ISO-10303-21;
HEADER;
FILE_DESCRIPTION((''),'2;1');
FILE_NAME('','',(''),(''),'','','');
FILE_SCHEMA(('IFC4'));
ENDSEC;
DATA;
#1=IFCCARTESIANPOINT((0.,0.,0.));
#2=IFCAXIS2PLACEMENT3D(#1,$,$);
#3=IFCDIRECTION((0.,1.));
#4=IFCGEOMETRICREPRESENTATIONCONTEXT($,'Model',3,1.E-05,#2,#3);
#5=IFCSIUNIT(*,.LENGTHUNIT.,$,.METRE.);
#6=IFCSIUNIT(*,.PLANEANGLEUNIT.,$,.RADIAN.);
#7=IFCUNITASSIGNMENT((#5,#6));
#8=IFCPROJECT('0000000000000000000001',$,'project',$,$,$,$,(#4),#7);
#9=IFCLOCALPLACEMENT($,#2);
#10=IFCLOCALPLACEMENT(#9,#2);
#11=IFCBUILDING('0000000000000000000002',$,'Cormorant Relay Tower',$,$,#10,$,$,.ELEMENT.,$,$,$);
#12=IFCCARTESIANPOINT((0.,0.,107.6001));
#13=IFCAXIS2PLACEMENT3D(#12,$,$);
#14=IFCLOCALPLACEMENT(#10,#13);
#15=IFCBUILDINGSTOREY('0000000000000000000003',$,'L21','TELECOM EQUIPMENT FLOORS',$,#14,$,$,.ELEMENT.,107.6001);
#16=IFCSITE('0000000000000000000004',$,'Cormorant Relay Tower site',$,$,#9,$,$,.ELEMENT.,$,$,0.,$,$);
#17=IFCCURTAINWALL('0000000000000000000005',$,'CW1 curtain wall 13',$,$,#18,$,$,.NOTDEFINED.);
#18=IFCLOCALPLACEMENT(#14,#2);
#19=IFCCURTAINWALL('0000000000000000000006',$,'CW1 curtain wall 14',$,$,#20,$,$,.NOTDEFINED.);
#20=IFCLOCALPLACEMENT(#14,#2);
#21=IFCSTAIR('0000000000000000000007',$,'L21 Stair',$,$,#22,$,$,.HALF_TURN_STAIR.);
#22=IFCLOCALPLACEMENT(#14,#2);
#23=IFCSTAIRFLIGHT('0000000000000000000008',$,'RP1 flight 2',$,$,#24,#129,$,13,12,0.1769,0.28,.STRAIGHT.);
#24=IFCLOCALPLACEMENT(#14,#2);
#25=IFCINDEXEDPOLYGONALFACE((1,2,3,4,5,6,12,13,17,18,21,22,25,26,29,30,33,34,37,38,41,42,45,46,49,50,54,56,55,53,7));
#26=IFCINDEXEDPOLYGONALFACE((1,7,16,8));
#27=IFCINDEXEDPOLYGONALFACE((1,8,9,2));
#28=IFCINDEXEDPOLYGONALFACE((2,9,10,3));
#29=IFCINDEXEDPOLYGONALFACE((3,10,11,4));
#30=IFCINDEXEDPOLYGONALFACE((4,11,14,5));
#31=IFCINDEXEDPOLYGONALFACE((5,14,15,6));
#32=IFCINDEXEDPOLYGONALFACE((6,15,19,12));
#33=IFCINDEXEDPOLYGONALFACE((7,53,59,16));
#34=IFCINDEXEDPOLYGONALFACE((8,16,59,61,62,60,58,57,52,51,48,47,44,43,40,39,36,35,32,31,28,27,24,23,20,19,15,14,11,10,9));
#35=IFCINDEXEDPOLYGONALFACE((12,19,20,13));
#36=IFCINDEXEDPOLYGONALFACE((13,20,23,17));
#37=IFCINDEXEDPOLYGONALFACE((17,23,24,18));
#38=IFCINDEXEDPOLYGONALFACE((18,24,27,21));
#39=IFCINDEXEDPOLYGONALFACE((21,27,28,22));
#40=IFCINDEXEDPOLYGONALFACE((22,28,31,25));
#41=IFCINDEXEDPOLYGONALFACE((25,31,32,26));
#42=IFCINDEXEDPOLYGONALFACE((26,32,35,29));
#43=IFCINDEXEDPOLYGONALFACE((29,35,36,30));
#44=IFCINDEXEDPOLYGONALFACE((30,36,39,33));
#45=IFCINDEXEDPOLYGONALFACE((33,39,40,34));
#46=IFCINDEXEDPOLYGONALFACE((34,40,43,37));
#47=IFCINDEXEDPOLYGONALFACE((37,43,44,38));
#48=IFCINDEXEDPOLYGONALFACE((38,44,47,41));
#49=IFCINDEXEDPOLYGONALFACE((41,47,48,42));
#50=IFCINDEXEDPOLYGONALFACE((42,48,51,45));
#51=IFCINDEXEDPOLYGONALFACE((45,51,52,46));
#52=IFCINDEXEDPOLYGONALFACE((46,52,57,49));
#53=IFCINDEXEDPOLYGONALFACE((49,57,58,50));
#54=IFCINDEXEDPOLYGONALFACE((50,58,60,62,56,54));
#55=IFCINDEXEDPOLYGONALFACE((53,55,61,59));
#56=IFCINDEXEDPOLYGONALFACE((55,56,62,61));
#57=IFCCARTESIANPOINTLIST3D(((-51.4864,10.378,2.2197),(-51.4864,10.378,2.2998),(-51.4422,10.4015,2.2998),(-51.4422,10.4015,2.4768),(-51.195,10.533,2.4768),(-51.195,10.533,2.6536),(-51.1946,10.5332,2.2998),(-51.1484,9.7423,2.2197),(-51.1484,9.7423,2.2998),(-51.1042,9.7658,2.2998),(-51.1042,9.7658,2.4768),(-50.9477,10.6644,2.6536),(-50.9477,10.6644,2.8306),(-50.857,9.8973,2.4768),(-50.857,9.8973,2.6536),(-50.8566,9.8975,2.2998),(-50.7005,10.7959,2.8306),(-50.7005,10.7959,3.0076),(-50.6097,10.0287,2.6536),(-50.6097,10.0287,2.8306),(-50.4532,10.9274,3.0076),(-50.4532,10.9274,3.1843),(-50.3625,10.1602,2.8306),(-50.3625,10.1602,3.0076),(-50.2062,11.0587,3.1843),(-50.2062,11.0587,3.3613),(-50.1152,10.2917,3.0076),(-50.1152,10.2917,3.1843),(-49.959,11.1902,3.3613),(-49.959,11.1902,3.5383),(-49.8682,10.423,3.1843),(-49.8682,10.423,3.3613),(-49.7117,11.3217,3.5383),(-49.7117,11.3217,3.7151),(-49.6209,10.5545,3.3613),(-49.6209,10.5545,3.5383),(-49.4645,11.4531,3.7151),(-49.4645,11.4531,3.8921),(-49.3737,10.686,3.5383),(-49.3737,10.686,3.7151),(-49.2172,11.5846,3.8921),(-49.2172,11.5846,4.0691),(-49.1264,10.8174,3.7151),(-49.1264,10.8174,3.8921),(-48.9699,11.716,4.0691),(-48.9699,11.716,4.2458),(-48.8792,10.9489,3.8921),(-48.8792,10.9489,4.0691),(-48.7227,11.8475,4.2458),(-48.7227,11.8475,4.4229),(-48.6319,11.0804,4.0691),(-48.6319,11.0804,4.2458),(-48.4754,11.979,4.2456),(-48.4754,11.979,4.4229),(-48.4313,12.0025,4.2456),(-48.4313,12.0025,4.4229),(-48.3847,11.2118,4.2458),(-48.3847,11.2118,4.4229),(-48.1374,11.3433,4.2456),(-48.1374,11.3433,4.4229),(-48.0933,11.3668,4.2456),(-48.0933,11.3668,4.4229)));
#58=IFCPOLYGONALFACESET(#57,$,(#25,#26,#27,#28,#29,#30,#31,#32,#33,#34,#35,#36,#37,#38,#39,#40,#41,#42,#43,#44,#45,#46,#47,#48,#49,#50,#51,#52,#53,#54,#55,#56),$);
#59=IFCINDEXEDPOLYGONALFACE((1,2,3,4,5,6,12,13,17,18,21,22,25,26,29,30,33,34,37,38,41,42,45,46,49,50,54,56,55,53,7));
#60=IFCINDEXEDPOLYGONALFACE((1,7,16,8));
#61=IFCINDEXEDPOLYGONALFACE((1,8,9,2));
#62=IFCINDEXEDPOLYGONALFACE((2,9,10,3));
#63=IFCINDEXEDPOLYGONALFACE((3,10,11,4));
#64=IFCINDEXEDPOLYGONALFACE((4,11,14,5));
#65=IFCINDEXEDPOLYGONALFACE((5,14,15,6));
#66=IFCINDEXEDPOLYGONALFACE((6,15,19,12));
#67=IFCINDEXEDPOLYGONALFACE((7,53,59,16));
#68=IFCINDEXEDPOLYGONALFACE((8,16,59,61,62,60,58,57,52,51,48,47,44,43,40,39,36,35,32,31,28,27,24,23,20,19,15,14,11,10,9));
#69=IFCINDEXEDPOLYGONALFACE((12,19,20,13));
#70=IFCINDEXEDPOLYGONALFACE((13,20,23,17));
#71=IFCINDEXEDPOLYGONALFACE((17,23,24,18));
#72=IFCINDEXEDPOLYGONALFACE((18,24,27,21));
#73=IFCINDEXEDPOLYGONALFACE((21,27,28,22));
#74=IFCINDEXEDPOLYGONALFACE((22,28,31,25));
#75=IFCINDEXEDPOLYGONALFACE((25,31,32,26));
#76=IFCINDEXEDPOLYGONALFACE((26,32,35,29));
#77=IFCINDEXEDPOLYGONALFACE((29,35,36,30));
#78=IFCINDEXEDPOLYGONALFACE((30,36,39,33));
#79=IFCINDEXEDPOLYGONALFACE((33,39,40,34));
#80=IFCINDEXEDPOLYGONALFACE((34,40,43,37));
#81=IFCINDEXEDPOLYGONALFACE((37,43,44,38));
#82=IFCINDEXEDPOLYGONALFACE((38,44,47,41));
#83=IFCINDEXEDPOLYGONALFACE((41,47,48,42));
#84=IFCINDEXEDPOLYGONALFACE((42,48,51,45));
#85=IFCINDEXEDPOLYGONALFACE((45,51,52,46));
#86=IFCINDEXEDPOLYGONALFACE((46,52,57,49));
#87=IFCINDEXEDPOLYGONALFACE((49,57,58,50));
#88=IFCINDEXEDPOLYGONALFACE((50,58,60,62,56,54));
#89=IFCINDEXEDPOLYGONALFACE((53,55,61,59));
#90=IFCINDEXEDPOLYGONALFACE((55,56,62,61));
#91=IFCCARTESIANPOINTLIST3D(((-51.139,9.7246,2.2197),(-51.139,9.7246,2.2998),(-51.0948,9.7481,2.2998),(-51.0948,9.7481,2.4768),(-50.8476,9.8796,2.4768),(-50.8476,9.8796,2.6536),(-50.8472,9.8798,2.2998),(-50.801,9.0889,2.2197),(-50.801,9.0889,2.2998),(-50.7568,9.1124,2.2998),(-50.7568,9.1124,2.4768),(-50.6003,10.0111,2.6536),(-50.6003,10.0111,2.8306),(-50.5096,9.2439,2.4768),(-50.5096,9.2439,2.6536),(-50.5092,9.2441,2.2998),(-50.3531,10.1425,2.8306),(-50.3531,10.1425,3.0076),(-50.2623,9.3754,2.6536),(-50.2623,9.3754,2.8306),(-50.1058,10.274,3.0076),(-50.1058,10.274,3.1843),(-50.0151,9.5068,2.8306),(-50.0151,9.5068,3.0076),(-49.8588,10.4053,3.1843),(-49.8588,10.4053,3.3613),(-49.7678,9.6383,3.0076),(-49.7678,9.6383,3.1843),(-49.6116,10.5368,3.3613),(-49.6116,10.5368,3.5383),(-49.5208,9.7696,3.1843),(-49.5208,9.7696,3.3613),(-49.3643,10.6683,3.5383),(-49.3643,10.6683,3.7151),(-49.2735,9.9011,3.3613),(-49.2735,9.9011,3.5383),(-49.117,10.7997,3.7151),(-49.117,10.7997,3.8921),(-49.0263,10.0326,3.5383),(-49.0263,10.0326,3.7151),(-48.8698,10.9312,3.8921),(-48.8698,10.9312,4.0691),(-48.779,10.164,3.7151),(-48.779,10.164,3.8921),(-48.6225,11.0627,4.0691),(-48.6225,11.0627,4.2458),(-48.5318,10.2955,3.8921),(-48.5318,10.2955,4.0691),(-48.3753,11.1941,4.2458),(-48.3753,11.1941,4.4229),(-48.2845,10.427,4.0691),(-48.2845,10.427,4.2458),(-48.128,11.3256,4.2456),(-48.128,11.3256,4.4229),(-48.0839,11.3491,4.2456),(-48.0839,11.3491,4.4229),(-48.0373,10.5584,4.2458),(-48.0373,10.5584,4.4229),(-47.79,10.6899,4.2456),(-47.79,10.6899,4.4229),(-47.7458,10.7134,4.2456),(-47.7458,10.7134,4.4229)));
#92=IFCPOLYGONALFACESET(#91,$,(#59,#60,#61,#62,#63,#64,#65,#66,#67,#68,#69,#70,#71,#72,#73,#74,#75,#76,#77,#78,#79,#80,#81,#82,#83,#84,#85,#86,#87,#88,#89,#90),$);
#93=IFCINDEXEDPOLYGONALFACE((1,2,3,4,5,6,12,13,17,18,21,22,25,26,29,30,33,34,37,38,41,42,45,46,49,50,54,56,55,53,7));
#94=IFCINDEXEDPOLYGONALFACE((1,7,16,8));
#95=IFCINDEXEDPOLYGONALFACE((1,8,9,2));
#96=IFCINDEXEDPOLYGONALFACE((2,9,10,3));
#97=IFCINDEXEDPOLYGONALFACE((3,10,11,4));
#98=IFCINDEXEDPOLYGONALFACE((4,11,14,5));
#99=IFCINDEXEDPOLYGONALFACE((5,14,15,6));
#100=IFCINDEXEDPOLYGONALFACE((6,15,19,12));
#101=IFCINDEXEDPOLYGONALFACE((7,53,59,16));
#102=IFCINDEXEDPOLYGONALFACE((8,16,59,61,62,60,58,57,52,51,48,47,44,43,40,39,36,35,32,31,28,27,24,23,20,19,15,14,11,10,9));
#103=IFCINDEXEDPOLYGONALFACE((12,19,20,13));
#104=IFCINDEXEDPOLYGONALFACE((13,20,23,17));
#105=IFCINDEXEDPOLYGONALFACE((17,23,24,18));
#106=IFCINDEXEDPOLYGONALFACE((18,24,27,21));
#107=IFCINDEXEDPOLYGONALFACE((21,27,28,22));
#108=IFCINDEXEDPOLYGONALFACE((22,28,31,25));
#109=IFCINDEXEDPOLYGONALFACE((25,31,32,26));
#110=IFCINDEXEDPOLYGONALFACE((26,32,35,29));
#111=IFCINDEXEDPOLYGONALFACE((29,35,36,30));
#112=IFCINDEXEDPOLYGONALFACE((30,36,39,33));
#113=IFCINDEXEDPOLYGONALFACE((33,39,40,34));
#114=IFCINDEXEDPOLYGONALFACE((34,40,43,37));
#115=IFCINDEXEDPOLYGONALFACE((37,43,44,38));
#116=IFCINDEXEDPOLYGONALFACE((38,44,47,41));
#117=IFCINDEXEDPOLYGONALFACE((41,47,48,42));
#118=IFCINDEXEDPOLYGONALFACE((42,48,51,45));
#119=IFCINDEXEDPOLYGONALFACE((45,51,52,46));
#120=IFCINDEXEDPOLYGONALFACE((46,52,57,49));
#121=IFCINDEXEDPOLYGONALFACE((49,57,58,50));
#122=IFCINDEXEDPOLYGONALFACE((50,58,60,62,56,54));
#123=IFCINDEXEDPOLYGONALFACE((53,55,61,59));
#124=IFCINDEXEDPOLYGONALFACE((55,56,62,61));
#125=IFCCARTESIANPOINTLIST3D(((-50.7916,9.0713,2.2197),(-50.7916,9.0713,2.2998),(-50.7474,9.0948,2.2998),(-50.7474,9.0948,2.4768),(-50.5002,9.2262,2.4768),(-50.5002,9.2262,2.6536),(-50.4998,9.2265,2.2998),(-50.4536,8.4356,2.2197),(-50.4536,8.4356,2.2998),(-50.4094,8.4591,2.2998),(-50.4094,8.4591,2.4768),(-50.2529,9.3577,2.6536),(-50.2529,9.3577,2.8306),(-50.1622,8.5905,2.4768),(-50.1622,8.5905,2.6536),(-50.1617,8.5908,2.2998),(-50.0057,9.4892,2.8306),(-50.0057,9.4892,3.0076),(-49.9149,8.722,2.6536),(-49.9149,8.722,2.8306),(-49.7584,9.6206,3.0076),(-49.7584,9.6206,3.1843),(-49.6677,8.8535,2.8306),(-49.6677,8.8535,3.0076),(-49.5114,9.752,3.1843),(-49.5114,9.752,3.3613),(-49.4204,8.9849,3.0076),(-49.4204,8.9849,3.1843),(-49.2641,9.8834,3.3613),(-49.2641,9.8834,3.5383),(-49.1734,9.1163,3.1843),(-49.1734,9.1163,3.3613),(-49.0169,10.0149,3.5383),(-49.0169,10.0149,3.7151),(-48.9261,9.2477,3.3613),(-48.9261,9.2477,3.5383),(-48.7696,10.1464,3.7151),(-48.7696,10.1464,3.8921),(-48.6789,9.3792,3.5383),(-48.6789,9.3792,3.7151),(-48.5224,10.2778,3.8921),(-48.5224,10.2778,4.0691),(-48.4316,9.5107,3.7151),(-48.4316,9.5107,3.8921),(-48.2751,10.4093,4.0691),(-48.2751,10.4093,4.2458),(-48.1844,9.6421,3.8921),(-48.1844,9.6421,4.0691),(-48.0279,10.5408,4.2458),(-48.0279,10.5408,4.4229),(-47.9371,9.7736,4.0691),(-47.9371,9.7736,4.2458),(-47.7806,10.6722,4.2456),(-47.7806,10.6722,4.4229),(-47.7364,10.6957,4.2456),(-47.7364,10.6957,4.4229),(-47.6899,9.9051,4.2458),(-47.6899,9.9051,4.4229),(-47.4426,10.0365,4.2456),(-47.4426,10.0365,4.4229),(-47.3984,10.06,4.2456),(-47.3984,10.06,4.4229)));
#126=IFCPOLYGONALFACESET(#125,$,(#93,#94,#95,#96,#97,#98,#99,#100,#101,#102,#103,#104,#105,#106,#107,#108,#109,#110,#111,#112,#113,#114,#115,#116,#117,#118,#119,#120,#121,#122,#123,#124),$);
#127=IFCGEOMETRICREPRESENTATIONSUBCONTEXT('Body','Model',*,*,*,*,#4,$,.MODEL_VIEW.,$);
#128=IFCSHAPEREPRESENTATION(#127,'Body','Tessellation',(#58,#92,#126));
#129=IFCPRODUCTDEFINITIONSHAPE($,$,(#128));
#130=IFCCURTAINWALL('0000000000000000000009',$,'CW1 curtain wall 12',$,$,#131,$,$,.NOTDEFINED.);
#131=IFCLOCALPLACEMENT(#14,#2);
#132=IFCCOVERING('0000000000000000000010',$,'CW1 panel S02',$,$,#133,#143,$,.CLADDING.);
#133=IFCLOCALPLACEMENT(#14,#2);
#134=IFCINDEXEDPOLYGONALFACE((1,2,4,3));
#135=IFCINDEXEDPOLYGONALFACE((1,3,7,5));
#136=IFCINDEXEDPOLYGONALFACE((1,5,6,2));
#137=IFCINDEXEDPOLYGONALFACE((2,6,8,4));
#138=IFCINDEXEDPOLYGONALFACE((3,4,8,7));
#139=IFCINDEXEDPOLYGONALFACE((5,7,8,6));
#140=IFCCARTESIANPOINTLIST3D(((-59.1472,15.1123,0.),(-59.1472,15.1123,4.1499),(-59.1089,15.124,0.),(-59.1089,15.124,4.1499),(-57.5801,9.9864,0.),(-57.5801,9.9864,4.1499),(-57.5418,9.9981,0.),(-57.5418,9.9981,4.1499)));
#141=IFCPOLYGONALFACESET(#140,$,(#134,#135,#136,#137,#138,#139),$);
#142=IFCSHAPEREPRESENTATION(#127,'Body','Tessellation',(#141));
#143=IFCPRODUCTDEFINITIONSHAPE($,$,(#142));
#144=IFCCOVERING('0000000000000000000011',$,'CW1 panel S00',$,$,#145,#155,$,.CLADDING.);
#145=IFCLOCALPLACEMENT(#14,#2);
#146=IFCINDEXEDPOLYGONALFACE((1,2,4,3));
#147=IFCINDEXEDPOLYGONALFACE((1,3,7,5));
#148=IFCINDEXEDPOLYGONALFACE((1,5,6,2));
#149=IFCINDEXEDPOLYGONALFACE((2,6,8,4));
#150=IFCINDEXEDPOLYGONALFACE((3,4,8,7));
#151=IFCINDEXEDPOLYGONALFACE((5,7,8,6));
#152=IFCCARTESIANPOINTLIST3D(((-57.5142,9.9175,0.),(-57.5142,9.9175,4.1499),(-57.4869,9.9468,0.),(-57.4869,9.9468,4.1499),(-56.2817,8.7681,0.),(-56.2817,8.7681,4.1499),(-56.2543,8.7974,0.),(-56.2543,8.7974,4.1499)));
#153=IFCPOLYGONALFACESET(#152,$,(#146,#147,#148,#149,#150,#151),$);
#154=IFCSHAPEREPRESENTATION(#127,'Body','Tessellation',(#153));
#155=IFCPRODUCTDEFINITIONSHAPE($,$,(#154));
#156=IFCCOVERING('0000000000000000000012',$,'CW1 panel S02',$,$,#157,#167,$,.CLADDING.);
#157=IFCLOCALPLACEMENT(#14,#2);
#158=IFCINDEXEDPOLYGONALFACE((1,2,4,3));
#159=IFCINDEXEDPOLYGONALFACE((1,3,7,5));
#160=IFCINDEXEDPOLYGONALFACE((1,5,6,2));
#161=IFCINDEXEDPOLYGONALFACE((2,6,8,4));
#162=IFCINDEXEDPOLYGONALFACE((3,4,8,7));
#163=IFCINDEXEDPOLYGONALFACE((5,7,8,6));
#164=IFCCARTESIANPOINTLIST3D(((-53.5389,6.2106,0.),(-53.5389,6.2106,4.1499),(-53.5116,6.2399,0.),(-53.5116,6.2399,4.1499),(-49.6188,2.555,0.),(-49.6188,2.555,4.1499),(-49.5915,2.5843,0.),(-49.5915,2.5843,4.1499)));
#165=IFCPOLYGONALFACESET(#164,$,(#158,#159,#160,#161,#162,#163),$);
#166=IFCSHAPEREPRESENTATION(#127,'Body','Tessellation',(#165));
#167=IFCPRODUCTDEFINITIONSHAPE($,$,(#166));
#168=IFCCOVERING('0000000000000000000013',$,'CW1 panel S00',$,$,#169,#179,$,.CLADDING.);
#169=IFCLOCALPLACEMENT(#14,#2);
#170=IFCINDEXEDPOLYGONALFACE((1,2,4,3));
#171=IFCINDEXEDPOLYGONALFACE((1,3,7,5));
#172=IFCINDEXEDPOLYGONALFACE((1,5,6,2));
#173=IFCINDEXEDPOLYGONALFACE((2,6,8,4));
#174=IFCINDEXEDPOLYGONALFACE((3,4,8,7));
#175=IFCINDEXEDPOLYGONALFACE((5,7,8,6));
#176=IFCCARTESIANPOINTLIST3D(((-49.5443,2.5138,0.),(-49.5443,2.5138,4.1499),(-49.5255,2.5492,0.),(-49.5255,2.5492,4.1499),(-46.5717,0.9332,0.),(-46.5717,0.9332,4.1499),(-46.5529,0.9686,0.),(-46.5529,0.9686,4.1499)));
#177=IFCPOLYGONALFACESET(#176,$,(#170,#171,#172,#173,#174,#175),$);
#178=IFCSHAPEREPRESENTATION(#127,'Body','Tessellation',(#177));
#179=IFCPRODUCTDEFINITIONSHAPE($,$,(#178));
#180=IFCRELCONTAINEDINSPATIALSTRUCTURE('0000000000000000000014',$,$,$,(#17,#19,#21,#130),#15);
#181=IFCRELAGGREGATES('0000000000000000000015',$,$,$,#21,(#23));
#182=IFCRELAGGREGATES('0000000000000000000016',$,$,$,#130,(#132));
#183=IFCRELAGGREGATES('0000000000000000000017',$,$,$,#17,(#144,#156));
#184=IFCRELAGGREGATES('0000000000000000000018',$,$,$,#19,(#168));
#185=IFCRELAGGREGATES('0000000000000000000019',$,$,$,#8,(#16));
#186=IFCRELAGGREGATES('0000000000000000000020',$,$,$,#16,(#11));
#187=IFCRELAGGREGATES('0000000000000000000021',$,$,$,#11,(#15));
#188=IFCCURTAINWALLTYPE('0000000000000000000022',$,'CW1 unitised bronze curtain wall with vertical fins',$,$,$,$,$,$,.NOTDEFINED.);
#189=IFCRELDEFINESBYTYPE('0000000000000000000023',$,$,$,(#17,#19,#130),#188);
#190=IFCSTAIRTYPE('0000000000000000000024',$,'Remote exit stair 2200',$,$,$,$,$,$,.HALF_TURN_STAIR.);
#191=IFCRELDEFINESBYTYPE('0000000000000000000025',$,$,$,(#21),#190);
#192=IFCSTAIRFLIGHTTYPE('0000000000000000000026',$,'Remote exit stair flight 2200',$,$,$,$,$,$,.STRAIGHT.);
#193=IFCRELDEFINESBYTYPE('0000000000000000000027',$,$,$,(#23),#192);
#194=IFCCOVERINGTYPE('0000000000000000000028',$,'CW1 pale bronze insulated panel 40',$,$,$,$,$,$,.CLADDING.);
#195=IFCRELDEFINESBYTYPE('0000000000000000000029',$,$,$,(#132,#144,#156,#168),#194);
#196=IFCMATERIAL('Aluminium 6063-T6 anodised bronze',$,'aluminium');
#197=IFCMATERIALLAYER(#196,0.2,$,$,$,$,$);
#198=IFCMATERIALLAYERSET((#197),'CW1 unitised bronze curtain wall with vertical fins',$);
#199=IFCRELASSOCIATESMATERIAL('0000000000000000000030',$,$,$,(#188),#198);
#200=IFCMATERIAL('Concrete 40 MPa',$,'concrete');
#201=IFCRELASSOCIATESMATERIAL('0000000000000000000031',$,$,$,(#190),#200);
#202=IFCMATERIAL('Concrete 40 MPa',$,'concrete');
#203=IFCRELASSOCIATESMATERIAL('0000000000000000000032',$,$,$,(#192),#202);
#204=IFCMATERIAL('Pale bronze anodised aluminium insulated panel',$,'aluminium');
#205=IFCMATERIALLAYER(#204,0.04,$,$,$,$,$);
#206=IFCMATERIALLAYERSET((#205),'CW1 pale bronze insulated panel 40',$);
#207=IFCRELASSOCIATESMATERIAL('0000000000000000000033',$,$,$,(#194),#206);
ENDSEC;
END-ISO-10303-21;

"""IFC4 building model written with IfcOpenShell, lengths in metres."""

from ifc_helpers import new_model, si_unit, direction, frame, origin, origin_2d, place, context, subcontext, project, spatial, polyline, rectangle, outline, extrude, material, layer, layer_set, type_object, element, aggregate, save


model = new_model("IFC4")

# Units and contexts
model_context = context("Model", 3, precision=1e-05, world=origin(), true_north=direction((0.0, 1.0)))
body_context = subcontext(model_context, "Body", "Model", "MODEL_VIEW")
ifc_project = project(units=[si_unit("LENGTHUNIT", "METRE"), si_unit("PLANEANGLEUNIT", "RADIAN")], contexts=[model_context])

# Site, building, storey
site_placement = place(None, origin())
site = spatial("IfcSite", under=ifc_project, at=site_placement, Name="Cormorant Relay Tower site", CompositionType="ELEMENT", RefElevation=0.0)
building_placement = place(site_placement, origin())
building = spatial("IfcBuilding", under=site, at=building_placement, Name="Cormorant Relay Tower", CompositionType="ELEMENT")
storey_placement = place(building_placement, frame((0.0, 0.0, 107.6001)))
storey = spatial("IfcBuildingStorey", under=building, at=storey_placement, Name="L21", Description="TELECOM EQUIPMENT FLOORS", CompositionType="ELEMENT", Elevation=107.6001)

# Curtain wall
ifc_material_1 = material(Name="Aluminium 6063-T6 anodised bronze", Category="aluminium")
ifc_layer_1 = layer(ifc_material_1, 0.2)
ifc_layer_set_1 = layer_set([ifc_layer_1], Name="CW1 unitised bronze curtain wall with vertical fins")
curtain_wall_type = type_object("IfcCurtainWallType", Name="CW1 unitised bronze curtain wall with vertical fins", PredefinedType="NOTDEFINED", material=ifc_layer_set_1)
curtain_wall_1_placement = place(storey_placement, origin())
curtain_wall_1 = element("IfcCurtainWall", 1, at=curtain_wall_1_placement, inside=storey, type_object=curtain_wall_type, Name="CW1 curtain wall 13", PredefinedType="NOTDEFINED")

# Curtain wall
curtain_wall_2_placement = place(storey_placement, origin())
curtain_wall_2 = element("IfcCurtainWall", 2, at=curtain_wall_2_placement, inside=storey, type_object=curtain_wall_type, Name="CW1 curtain wall 14", PredefinedType="NOTDEFINED")

# Stair, stair flight
ifc_material_2 = material(Name="Concrete 40 MPa", Category="concrete")
stair_type = type_object("IfcStairType", Name="Remote exit stair 2200", PredefinedType="HALF_TURN_STAIR", material=ifc_material_2)
stair_placement = place(storey_placement, origin())
stair = element("IfcStair", 3, at=stair_placement, inside=storey, type_object=stair_type, Name="L21 Stair", PredefinedType="HALF_TURN_STAIR")
ifc_material_3 = material(Name="Concrete 40 MPa", Category="concrete")
stair_flight_type = type_object("IfcStairFlightType", Name="Remote exit stair flight 2200", PredefinedType="STRAIGHT", material=ifc_material_3)
stair_flight_1_placement = place(storey_placement, frame((-50.9258, 9.4302, 2.2998), z_axis=(0.0, 0.0, 1.0), x_axis=(0.882948, 0.469472, 0.0)))
stair_flight_1 = element("IfcStairFlight", 4, at=stair_flight_1_placement, type_object=stair_flight_type, Name="RP1 flight 2", NumberOfRisers=13, NumberOfTreads=12, PredefinedType="STRAIGHT", RiserHeight=0.1769, TreadLength=0.28, context=body_context, shape_type="SweptSolid", body=[
    extrude(outline(polyline([(-0.05, -0.0801), (-0.05, 0.0), (0.0, 0.0), (0.0, 0.177), (0.28, 0.177), (0.28, 0.3538), (0.5601, 0.3538), (0.5601, 0.5308), (0.8401, 0.5308), (0.8401, 0.7078), (1.1201, 0.7078), (1.1201, 0.8845), (1.3999, 0.8845), (1.3999, 1.0615), (1.6799, 1.0615), (1.6799, 1.2385), (1.96, 1.2385), (1.96, 1.4153), (2.24, 1.4153), (2.24, 1.5923), (2.52, 1.5923), (2.52, 1.7693), (2.8, 1.7693), (2.8, 1.946), (3.0801, 1.946), (3.0801, 2.123), (3.3601, 2.123), (3.4102, 2.123), (3.4102, 1.9458), (3.3601, 1.9458), (0.2805, 0.0), (-0.05, -0.0801)])), frame((0.0, 1.1001, 0.0), z_axis=(0.0, -1.0, 0.0), x_axis=(1.0, 0.0, 0.0)), (0.0, 0.0, 1.0), 0.72),
    extrude(outline(polyline([(-0.05, -0.0801), (-0.05, 0.0), (0.0, 0.0), (0.0, 0.177), (0.28, 0.177), (0.28, 0.3538), (0.5601, 0.3538), (0.5601, 0.5308), (0.8401, 0.5308), (0.8401, 0.7078), (1.1201, 0.7078), (1.1201, 0.8845), (1.3999, 0.8845), (1.3999, 1.0615), (1.6799, 1.0615), (1.6799, 1.2385), (1.96, 1.2385), (1.96, 1.4153), (2.24, 1.4153), (2.24, 1.5923), (2.52, 1.5923), (2.52, 1.7693), (2.8, 1.7693), (2.8, 1.946), (3.0801, 1.946), (3.0801, 2.123), (3.3601, 2.123), (3.4102, 2.123), (3.4102, 1.9458), (3.3601, 1.9458), (0.2805, 0.0), (-0.05, -0.0801)])), frame((0.0, 0.3601, 0.0), z_axis=(0.0, -1.0, 0.0), x_axis=(1.0, 0.0, 0.0)), (0.0, 0.0, 1.0), 0.72),
    extrude(outline(polyline([(-0.05, -0.0801), (-0.05, 0.0), (0.0, 0.0), (0.0, 0.177), (0.28, 0.177), (0.28, 0.3538), (0.5601, 0.3538), (0.5601, 0.5308), (0.8401, 0.5308), (0.8401, 0.7078), (1.1201, 0.7078), (1.1201, 0.8845), (1.3999, 0.8845), (1.3999, 1.0615), (1.6799, 1.0615), (1.6799, 1.2385), (1.96, 1.2385), (1.96, 1.4153), (2.24, 1.4153), (2.24, 1.5923), (2.52, 1.5923), (2.52, 1.7693), (2.8, 1.7693), (2.8, 1.946), (3.0801, 1.946), (3.0801, 2.123), (3.3601, 2.123), (3.4102, 2.123), (3.4102, 1.9458), (3.3601, 1.9458), (0.2805, 0.0), (-0.05, -0.0801)])), frame((0.0, -0.3799, 0.0), z_axis=(0.0, -1.0, 0.0), x_axis=(1.0, 0.0, 0.0)), (0.0, 0.0, 1.0), 0.72),
])
aggregate(stair, [stair_flight_1])

# Curtain wall, covering
curtain_wall_3_placement = place(storey_placement, origin())
curtain_wall_3 = element("IfcCurtainWall", 5, at=curtain_wall_3_placement, inside=storey, type_object=curtain_wall_type, Name="CW1 curtain wall 12", PredefinedType="NOTDEFINED")
ifc_material_4 = material(Name="Pale bronze anodised aluminium insulated panel", Category="aluminium")
ifc_layer_2 = layer(ifc_material_4, 0.04)
ifc_layer_set_2 = layer_set([ifc_layer_2], Name="CW1 pale bronze insulated panel 40")
covering_type = type_object("IfcCoveringType", Name="CW1 pale bronze insulated panel 40", PredefinedType="CLADDING", material=ifc_layer_set_2)
covering_1_placement = place(storey_placement, frame((-58.3445, 12.5552, 0.0), z_axis=(0.0, 0.0, 1.0), x_axis=(0.292372, -0.956305, 0.0)))
covering_1 = element("IfcCovering", 6, at=covering_1_placement, type_object=covering_type, Name="CW1 panel S02", PredefinedType="CLADDING", context=body_context, shape_type="SweptSolid", body=[
    extrude(rectangle(XDim=5.3601, YDim=0.04, at=origin_2d()), origin(), (0.0, 0.0, 1.0), 4.1499),
])
aggregate(curtain_wall_3, [covering_1])

# Coverings
covering_2_placement = place(storey_placement, frame((-56.8843, 9.3574, 0.0), z_axis=(0.0, 0.0, 1.0), x_axis=(0.731354, -0.681998, 0.0)))
covering_2 = element("IfcCovering", 7, at=covering_2_placement, type_object=covering_type, Name="CW1 panel S00", PredefinedType="CLADDING", context=body_context, shape_type="SweptSolid", body=[
    extrude(rectangle(XDim=1.6853, YDim=0.04, at=origin_2d()), origin(), (0.0, 0.0, 1.0), 4.1499),
])
covering_3_placement = place(storey_placement, frame((-51.5652, 4.3975, 0.0), z_axis=(0.0, 0.0, 1.0), x_axis=(0.731354, -0.681998, 0.0)))
covering_3 = element("IfcCovering", 8, at=covering_3_placement, type_object=covering_type, Name="CW1 panel S02", PredefinedType="CLADDING", context=body_context, shape_type="SweptSolid", body=[
    extrude(rectangle(XDim=5.3601, YDim=0.04, at=origin_2d()), origin(), (0.0, 0.0, 1.0), 4.1499),
])
aggregate(curtain_wall_1, [covering_2, covering_3])
covering_4_placement = place(storey_placement, frame((-48.0486, 1.7412, 0.0), z_axis=(0.0, 0.0, 1.0), x_axis=(0.882948, -0.469472, 0.0)))
covering_4 = element("IfcCovering", 9, at=covering_4_placement, type_object=covering_type, Name="CW1 panel S00", PredefinedType="CLADDING", context=body_context, shape_type="SweptSolid", body=[
    extrude(rectangle(XDim=3.3667, YDim=0.04, at=origin_2d()), origin(), (0.0, 0.0, 1.0), 4.1499),
])
aggregate(curtain_wall_2, [covering_4])

save(model, "model.ifc")
